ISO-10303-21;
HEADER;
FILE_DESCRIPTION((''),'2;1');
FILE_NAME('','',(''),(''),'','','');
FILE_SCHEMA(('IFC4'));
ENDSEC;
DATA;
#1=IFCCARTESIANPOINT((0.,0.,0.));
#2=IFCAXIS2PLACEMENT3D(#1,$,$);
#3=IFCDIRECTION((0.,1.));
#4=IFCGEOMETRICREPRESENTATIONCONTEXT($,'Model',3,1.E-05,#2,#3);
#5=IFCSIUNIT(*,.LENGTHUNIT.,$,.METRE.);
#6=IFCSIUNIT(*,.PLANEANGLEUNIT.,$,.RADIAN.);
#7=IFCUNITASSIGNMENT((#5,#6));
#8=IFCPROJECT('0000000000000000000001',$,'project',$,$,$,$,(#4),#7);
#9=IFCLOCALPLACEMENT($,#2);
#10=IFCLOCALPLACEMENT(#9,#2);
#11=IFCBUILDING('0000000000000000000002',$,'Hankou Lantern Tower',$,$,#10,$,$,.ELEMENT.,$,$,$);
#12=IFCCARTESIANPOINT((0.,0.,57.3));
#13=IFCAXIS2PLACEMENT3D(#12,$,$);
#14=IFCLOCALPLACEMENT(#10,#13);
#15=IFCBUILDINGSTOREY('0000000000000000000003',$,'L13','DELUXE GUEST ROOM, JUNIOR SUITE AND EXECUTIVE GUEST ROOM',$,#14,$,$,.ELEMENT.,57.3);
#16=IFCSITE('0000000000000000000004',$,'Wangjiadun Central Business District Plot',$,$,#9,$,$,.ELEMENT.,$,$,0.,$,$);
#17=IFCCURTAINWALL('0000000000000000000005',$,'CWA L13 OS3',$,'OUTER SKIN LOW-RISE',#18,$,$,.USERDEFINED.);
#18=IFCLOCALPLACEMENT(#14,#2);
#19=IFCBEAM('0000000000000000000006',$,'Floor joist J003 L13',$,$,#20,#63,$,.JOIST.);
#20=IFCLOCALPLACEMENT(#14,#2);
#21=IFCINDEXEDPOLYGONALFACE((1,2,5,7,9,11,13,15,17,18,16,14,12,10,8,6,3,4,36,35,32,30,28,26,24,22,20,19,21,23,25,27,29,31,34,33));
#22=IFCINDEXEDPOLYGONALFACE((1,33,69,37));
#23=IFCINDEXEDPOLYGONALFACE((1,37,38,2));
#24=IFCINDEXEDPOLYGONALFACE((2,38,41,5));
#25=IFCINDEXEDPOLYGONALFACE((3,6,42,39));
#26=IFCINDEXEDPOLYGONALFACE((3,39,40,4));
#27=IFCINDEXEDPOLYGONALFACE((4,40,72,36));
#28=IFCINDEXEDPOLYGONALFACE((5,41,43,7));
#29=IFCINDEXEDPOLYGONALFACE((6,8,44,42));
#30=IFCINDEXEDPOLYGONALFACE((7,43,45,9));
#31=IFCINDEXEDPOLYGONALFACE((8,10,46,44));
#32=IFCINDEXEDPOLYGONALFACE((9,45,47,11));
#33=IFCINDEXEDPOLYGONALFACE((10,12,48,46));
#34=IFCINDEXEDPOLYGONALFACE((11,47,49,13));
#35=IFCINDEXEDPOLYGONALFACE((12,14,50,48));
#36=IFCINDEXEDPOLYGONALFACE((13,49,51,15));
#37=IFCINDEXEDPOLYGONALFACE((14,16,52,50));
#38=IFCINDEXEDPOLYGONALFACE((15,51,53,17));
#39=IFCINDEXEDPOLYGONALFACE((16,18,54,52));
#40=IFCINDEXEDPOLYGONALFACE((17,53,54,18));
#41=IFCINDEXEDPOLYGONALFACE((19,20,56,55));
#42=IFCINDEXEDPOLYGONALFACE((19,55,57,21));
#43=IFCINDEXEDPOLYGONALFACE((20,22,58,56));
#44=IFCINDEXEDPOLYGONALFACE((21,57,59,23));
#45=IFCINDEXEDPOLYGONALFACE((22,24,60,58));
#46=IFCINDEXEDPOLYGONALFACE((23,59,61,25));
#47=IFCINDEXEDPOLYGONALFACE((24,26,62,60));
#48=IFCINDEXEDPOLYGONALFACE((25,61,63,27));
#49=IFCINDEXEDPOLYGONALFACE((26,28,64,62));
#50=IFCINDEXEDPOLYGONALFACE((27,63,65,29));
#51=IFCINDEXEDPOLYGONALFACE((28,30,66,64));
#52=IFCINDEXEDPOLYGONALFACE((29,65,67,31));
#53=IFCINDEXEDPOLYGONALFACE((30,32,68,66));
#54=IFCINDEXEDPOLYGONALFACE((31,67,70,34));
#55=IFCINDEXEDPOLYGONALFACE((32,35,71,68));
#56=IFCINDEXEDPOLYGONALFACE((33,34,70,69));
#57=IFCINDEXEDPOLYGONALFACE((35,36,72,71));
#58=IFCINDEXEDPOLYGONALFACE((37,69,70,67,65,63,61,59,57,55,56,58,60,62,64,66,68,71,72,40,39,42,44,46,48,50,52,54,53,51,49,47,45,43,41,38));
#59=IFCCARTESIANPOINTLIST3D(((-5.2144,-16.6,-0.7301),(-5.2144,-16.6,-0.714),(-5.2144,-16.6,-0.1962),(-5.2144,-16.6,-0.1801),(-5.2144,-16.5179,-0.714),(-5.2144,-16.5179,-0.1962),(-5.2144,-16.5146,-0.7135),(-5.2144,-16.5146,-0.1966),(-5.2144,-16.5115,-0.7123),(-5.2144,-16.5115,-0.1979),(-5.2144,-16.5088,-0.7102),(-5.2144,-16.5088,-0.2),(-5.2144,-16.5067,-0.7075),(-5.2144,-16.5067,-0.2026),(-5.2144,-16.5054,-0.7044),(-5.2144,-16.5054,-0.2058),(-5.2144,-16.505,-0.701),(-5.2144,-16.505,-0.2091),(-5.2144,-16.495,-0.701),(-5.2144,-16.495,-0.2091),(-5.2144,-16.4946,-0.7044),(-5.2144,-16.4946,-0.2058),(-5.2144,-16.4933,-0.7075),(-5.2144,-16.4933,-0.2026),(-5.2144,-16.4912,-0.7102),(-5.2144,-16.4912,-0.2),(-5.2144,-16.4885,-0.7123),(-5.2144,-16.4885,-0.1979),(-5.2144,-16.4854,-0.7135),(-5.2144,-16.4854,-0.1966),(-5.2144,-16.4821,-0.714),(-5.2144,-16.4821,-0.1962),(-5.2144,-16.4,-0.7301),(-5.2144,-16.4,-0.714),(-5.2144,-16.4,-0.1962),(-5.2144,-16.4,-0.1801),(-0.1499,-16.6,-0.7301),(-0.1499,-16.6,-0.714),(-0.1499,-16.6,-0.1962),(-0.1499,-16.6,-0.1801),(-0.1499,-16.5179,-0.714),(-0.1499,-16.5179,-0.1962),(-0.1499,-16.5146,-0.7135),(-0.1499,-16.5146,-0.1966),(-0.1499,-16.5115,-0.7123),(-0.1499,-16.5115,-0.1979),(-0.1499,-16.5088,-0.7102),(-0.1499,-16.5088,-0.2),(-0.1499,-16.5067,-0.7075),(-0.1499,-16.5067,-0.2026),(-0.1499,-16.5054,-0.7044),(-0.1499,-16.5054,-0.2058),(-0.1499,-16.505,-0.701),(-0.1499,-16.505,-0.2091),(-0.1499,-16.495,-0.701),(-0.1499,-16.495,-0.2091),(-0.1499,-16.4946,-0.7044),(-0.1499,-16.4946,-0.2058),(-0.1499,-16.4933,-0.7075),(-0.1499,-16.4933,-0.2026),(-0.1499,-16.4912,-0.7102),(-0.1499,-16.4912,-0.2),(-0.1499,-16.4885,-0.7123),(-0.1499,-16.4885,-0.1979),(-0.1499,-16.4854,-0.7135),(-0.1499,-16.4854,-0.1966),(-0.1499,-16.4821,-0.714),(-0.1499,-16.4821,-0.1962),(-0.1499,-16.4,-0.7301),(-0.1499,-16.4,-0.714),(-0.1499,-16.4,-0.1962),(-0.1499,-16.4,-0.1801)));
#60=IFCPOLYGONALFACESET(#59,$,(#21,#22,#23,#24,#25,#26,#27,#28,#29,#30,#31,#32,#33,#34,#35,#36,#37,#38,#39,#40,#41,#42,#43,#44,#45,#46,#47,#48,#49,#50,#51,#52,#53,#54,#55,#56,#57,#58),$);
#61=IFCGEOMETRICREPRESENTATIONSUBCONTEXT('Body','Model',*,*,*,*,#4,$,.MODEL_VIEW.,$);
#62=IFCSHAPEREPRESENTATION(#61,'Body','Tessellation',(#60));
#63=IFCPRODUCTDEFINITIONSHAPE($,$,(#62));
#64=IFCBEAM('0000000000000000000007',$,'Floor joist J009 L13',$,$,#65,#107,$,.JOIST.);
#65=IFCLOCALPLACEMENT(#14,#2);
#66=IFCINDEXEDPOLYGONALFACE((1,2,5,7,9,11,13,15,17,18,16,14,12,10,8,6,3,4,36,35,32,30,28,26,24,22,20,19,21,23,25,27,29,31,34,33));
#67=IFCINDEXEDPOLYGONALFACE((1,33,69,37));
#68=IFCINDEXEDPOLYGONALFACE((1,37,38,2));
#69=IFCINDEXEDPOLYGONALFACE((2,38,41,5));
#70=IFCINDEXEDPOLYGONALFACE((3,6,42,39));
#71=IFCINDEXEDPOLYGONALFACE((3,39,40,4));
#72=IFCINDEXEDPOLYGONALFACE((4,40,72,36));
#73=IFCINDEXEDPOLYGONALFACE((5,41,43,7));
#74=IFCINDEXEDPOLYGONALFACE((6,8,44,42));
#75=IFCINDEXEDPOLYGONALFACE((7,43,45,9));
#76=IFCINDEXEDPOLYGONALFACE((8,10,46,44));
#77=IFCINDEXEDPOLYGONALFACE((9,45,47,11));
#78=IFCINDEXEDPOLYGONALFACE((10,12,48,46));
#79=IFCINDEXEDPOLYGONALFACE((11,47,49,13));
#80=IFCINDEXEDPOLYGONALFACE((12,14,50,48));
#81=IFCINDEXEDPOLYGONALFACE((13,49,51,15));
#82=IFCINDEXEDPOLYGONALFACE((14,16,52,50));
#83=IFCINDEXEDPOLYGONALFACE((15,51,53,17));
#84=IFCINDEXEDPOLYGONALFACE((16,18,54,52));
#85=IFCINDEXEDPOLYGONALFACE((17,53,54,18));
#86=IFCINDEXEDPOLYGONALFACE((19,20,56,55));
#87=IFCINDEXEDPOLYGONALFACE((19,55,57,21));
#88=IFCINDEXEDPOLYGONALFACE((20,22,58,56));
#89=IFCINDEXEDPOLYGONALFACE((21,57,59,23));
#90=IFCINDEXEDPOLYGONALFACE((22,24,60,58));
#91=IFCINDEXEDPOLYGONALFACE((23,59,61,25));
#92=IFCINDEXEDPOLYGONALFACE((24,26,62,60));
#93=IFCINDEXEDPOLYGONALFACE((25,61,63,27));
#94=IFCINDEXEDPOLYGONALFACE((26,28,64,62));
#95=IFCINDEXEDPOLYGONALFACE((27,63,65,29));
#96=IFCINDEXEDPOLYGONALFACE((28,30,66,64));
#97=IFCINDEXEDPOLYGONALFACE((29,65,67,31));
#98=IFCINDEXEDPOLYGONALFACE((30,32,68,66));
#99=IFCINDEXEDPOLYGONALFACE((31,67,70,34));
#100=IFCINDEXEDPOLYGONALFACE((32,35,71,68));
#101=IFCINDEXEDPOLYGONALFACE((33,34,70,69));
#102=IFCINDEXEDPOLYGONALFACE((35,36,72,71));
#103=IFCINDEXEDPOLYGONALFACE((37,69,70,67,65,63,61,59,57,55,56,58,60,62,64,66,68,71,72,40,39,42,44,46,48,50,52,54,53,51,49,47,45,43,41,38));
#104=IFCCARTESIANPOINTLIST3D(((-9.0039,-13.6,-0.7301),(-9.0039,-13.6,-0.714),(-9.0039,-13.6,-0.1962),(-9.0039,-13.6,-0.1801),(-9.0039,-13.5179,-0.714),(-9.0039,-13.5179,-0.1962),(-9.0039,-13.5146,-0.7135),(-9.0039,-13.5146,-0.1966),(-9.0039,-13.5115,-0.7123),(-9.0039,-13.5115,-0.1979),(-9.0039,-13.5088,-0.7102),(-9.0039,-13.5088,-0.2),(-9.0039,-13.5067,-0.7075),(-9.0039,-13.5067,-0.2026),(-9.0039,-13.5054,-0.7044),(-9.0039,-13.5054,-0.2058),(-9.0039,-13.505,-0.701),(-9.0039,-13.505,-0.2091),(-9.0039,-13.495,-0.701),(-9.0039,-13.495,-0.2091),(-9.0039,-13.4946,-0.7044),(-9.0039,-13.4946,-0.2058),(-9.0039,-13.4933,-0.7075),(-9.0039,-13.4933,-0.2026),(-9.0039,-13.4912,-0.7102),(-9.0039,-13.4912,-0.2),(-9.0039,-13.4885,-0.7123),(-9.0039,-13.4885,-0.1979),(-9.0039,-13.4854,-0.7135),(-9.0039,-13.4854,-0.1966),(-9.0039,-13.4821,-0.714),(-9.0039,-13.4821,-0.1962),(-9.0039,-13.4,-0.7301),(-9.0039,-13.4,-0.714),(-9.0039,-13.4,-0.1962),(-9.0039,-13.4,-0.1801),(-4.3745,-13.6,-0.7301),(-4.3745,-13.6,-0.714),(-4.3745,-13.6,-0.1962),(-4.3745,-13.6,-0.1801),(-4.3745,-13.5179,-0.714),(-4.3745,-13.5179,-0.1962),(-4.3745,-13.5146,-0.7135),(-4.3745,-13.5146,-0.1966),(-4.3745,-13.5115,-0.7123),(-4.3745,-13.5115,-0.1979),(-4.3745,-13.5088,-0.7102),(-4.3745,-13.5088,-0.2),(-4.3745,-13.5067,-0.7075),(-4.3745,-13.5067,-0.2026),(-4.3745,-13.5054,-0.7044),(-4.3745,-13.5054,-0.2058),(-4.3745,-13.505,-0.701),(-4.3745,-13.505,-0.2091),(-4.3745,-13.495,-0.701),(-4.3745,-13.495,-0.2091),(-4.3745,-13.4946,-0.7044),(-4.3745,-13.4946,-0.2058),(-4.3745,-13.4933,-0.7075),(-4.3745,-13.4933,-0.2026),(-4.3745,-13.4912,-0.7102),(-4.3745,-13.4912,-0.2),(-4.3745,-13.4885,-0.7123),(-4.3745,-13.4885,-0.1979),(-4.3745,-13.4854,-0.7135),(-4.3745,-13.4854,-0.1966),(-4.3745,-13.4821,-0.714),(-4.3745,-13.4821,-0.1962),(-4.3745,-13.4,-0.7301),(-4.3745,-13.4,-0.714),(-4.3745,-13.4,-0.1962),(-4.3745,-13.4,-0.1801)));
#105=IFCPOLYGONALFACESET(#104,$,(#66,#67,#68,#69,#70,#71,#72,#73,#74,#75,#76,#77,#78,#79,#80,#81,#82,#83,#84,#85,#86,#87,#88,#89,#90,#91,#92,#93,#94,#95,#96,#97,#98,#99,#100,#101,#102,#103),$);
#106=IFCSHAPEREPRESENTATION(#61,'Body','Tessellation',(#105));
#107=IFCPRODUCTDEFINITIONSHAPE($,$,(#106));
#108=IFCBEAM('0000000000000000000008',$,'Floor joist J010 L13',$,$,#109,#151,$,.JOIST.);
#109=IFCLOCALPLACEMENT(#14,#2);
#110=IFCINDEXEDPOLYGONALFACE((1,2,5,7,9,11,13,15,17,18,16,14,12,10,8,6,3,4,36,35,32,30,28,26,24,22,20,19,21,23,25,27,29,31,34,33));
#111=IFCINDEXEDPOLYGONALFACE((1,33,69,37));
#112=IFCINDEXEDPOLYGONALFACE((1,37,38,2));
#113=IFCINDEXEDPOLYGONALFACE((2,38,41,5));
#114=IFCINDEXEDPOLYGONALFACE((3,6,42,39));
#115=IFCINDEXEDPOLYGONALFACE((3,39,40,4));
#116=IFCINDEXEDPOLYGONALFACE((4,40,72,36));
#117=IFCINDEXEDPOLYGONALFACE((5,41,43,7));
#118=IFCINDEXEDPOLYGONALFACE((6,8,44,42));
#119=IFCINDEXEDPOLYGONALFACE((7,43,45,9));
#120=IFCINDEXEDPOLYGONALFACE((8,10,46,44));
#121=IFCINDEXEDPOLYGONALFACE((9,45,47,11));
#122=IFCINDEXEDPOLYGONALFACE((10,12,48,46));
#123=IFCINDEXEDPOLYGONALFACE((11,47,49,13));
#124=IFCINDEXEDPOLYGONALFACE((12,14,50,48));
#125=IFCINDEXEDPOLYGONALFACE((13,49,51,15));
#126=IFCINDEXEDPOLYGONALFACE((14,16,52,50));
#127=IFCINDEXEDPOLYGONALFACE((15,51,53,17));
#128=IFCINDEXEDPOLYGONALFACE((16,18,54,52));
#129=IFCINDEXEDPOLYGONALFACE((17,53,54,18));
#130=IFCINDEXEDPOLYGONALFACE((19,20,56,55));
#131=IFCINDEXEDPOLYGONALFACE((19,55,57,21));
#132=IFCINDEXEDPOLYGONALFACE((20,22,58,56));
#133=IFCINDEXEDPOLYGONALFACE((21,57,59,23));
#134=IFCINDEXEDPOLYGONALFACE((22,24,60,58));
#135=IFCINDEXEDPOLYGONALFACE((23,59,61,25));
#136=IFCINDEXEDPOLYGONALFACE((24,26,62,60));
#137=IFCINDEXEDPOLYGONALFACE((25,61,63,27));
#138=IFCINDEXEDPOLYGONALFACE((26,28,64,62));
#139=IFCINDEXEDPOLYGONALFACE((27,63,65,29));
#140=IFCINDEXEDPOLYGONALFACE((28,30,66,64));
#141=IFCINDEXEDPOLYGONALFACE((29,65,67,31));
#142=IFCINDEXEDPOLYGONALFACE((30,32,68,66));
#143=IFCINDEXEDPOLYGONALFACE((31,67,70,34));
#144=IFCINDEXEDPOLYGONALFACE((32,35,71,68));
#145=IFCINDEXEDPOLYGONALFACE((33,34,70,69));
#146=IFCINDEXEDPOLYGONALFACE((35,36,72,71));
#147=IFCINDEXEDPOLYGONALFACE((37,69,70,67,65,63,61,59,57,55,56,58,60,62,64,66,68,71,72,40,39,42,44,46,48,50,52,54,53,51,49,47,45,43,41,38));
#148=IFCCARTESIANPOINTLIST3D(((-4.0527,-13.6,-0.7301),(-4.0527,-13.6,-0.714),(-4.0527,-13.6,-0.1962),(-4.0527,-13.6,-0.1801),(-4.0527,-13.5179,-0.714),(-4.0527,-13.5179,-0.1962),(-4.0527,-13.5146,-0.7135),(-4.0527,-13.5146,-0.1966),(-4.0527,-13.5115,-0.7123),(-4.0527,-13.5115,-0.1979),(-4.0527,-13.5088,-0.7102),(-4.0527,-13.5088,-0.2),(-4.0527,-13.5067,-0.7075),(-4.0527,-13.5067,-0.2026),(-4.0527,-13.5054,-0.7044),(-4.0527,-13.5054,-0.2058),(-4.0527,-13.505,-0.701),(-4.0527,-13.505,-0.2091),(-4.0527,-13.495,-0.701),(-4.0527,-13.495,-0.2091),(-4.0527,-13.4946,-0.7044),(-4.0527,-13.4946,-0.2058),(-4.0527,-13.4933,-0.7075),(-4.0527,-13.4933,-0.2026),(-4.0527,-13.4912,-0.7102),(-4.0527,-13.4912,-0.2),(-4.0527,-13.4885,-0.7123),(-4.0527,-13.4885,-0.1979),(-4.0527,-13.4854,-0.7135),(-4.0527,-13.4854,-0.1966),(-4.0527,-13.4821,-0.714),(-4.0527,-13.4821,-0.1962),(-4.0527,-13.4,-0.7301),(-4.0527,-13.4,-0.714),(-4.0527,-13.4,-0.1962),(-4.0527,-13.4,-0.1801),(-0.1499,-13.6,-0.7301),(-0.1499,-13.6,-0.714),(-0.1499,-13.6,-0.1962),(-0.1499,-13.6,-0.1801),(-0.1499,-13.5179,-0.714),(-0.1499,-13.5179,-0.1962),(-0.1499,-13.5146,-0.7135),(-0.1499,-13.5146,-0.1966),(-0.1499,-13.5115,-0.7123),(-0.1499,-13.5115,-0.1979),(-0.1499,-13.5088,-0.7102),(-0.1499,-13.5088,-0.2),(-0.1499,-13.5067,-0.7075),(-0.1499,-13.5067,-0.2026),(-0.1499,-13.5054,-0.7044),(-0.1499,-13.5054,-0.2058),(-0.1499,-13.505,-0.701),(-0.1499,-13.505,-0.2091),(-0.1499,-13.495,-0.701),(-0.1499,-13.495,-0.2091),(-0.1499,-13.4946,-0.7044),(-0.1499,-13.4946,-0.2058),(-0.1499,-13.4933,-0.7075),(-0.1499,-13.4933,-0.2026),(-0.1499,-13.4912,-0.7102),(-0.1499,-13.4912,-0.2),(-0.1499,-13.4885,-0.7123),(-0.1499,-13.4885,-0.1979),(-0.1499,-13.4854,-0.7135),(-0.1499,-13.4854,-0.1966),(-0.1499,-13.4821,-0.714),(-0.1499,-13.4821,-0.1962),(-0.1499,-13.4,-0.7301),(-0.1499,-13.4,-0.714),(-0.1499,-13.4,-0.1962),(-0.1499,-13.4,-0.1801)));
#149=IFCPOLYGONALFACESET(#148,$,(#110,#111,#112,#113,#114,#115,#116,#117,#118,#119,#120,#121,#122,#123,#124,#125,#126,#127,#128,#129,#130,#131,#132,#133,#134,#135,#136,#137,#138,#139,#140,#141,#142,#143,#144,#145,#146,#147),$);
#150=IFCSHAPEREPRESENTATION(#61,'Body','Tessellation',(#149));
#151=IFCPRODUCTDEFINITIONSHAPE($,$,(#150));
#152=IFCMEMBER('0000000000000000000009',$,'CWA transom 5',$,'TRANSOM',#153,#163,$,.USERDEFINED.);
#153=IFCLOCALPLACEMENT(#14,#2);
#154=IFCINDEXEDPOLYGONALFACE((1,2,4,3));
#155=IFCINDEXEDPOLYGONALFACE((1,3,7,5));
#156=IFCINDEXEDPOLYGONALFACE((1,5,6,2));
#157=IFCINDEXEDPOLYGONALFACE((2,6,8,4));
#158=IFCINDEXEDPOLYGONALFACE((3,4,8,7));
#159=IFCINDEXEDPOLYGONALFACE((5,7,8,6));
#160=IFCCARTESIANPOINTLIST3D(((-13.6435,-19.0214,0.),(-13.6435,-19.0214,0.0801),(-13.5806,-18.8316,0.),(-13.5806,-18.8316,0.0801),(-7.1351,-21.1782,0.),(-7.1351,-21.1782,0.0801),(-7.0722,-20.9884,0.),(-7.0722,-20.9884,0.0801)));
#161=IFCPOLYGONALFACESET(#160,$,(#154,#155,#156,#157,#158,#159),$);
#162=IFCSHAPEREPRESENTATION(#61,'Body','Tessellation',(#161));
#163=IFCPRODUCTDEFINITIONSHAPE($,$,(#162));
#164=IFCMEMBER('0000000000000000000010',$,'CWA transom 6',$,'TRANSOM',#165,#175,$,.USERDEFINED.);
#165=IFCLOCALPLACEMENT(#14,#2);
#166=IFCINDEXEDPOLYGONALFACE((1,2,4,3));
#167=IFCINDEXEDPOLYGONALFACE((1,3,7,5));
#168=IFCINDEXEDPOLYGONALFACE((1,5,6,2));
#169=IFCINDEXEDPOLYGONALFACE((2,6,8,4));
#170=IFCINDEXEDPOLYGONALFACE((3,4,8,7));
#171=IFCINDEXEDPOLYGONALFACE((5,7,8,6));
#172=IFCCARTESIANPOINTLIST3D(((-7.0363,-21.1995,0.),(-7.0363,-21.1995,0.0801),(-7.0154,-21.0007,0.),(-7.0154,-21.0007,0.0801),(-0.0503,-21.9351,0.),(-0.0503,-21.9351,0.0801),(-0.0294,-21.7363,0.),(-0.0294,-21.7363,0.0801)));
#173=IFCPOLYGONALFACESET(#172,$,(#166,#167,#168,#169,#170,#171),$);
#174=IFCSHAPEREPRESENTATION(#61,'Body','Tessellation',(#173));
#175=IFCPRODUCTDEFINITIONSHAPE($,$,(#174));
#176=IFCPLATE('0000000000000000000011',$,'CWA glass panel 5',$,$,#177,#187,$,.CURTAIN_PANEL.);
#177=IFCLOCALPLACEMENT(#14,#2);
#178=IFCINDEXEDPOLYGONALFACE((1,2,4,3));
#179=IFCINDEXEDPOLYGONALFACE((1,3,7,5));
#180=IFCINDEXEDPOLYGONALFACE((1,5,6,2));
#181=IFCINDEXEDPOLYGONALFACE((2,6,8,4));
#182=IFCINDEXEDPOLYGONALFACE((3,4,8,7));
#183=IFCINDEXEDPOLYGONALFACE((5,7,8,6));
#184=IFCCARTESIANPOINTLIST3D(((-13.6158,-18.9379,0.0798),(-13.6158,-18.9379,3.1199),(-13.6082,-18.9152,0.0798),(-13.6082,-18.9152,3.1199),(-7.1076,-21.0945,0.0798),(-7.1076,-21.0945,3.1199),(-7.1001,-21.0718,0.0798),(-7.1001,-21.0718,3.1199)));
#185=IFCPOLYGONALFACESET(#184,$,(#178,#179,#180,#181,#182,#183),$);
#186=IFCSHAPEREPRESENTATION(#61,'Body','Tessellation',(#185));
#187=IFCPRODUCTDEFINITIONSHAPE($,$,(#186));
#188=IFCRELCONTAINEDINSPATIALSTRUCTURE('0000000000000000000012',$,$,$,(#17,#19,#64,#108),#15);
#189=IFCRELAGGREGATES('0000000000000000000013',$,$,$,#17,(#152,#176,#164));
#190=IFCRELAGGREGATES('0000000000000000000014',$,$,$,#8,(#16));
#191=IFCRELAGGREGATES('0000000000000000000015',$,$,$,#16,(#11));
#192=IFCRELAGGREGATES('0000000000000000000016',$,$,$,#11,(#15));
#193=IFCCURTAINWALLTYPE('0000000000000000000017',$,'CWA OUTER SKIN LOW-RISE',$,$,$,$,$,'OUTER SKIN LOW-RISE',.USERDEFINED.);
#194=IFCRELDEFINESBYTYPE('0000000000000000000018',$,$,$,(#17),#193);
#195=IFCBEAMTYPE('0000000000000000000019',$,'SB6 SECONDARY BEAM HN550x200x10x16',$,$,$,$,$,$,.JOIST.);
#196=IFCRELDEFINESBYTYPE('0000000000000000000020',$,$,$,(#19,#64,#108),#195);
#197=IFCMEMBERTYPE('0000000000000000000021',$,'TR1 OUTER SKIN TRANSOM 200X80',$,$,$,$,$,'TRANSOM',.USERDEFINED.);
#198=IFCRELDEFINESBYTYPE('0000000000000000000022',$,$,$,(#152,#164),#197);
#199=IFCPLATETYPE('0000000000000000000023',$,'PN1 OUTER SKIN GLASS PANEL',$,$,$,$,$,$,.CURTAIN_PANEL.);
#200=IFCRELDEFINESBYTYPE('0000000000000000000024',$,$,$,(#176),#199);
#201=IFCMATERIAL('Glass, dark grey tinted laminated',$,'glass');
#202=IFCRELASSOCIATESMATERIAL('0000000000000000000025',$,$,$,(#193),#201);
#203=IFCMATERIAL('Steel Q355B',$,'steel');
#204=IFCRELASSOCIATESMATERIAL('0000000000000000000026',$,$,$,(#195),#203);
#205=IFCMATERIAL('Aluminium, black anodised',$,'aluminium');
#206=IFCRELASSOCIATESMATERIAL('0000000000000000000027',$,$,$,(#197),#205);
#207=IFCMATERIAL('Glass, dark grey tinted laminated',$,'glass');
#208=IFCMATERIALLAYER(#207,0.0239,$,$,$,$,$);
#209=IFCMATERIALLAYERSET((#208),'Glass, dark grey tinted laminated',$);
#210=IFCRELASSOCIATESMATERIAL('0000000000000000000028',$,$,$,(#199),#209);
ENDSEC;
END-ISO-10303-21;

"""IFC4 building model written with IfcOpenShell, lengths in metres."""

from ifc_helpers import new_model, si_unit, direction, frame, origin, origin_2d, place, context, subcontext, project, spatial, rectangle, i_section, extrude, material, layer, layer_set, material_profile, profile_set, type_object, element, aggregate, save


model = new_model("IFC4")

# Units and contexts
model_context = context("Model", 3, precision=1e-05, world=origin(), true_north=direction((0.0, 1.0)))
body_context = subcontext(model_context, "Body", "Model", "MODEL_VIEW")
ifc_project = project(units=[si_unit("LENGTHUNIT", "METRE"), si_unit("PLANEANGLEUNIT", "RADIAN")], contexts=[model_context])

# Site, building, storey
site_placement = place(None, origin())
site = spatial("IfcSite", under=ifc_project, at=site_placement, Name="Wangjiadun Central Business District Plot", CompositionType="ELEMENT", RefElevation=0.0)
building_placement = place(site_placement, origin())
building = spatial("IfcBuilding", under=site, at=building_placement, Name="Hankou Lantern Tower", CompositionType="ELEMENT")
storey_placement = place(building_placement, frame((0.0, 0.0, 57.3)))
storey = spatial("IfcBuildingStorey", under=building, at=storey_placement, Name="L13", Description="DELUXE GUEST ROOM, JUNIOR SUITE AND EXECUTIVE GUEST ROOM", CompositionType="ELEMENT", Elevation=57.3)

# Curtain wall
ifc_material_1 = material(Name="Glass, dark grey tinted laminated", Category="glass")
curtain_wall_type = type_object("IfcCurtainWallType", Name="CWA OUTER SKIN LOW-RISE", ElementType="OUTER SKIN LOW-RISE", PredefinedType="USERDEFINED", material=ifc_material_1)
curtain_wall_placement = place(storey_placement, origin())
curtain_wall = element("IfcCurtainWall", 1, at=curtain_wall_placement, inside=storey, type_object=curtain_wall_type, Name="CWA L13 OS3", ObjectType="OUTER SKIN LOW-RISE", PredefinedType="USERDEFINED")

# Beams
ifc_material_2 = material(Name="Steel Q355B", Category="steel")
ifc_material_profile_1 = material_profile(ifc_material_2, i_section(OverallWidth=0.2, OverallDepth=0.55, WebThickness=0.01, FlangeThickness=0.0161, FilletRadius=0.0129, at=origin_2d()), Name="HN550x200x10x16")
ifc_profile_set_1 = profile_set([ifc_material_profile_1], Name="Steel Q355B")
beam_type_1 = type_object("IfcBeamType", Name="SB6 SECONDARY BEAM HN550x200x10x16", PredefinedType="JOIST", material=ifc_profile_set_1)
beam_1_placement = place(storey_placement, frame((-5.2144, -16.5, -0.4551), z_axis=(1.0, 0.0, 0.0), x_axis=(0.0, 1.0, 0.0)))
element("IfcBeam", 2, at=beam_1_placement, inside=storey, type_object=beam_type_1, Name="Floor joist J003 L13", PredefinedType="JOIST", context=body_context, shape_type="SweptSolid", body=[
    extrude(i_section(OverallWidth=0.2, OverallDepth=0.55, WebThickness=0.01, FlangeThickness=0.0161, FilletRadius=0.0129, at=origin_2d()), origin(), (0.0, 0.0, 1.0), 5.0645),
])
beam_2_placement = place(storey_placement, frame((-9.0039, -13.5, -0.4551), z_axis=(1.0, 0.0, 0.0), x_axis=(0.0, 1.0, 0.0)))
element("IfcBeam", 3, at=beam_2_placement, inside=storey, type_object=beam_type_1, Name="Floor joist J009 L13", PredefinedType="JOIST", context=body_context, shape_type="SweptSolid", body=[
    extrude(i_section(OverallWidth=0.2, OverallDepth=0.55, WebThickness=0.01, FlangeThickness=0.0161, FilletRadius=0.0129, at=origin_2d()), origin(), (0.0, 0.0, 1.0), 4.6294),
])
beam_3_placement = place(storey_placement, frame((-4.0527, -13.5, -0.4551), z_axis=(1.0, 0.0, 0.0), x_axis=(0.0, 1.0, 0.0)))
element("IfcBeam", 4, at=beam_3_placement, inside=storey, type_object=beam_type_1, Name="Floor joist J010 L13", PredefinedType="JOIST", context=body_context, shape_type="SweptSolid", body=[
    extrude(i_section(OverallWidth=0.2, OverallDepth=0.55, WebThickness=0.01, FlangeThickness=0.0161, FilletRadius=0.0129, at=origin_2d()), origin(), (0.0, 0.0, 1.0), 3.9028),
])

# Members
ifc_material_3 = material(Name="Aluminium, black anodised", Category="aluminium")
ifc_material_profile_2 = material_profile(ifc_material_3, rectangle(XDim=0.2, YDim=0.0801, at=origin_2d()), Name="TR1 200X80")
ifc_profile_set_2 = profile_set([ifc_material_profile_2], Name="Aluminium, black anodised")
member_type_1 = type_object("IfcMemberType", Name="TR1 OUTER SKIN TRANSOM 200X80", ElementType="TRANSOM", PredefinedType="USERDEFINED", material=ifc_profile_set_2)
member_1_placement = place(storey_placement, frame((-13.6121, -18.9265, 0.04), z_axis=(0.949237, -0.314561, 0.0), x_axis=(0.314561, 0.949237, 0.0)))
member_1 = element("IfcMember", 5, at=member_1_placement, type_object=member_type_1, Name="CWA transom 5", ObjectType="TRANSOM", PredefinedType="USERDEFINED", context=body_context, shape_type="SweptSolid", body=[
    extrude(rectangle(XDim=0.2, YDim=0.0801, at=origin_2d()), origin(), (0.0, 0.0, 1.0), 6.8564),
])
member_2_placement = place(storey_placement, frame((-7.0259, -21.1001, 0.04), z_axis=(0.994502, -0.104716, 0.0), x_axis=(0.104716, 0.994502, 0.0)))
member_2 = element("IfcMember", 6, at=member_2_placement, type_object=member_type_1, Name="CWA transom 6", ObjectType="TRANSOM", PredefinedType="USERDEFINED", context=body_context, shape_type="SweptSolid", body=[
    extrude(rectangle(XDim=0.2, YDim=0.0801, at=origin_2d()), origin(), (0.0, 0.0, 1.0), 7.0247),
])

# Plate
ifc_material_4 = material(Name="Glass, dark grey tinted laminated", Category="glass")
ifc_layer_1 = layer(ifc_material_4, 0.0239)
ifc_layer_set_1 = layer_set([ifc_layer_1], Name="Glass, dark grey tinted laminated")
plate_type = type_object("IfcPlateType", Name="PN1 OUTER SKIN GLASS PANEL", PredefinedType="CURTAIN_PANEL", material=ifc_layer_set_1)
plate_1_placement = place(storey_placement, frame((-10.3579, -20.0049, 0.0798), z_axis=(0.0, 0.0, 1.0), x_axis=(0.949241, -0.314551, 0.0)))
plate_1 = element("IfcPlate", 7, at=plate_1_placement, type_object=plate_type, Name="CWA glass panel 5", PredefinedType="CURTAIN_PANEL", context=body_context, shape_type="SweptSolid", body=[
    extrude(rectangle(XDim=6.8562, YDim=0.0239, at=origin_2d()), origin(), (0.0, 0.0, 1.0), 3.04),
])
aggregate(curtain_wall, [member_1, plate_1, member_2])

save(model, "model.ifc")
